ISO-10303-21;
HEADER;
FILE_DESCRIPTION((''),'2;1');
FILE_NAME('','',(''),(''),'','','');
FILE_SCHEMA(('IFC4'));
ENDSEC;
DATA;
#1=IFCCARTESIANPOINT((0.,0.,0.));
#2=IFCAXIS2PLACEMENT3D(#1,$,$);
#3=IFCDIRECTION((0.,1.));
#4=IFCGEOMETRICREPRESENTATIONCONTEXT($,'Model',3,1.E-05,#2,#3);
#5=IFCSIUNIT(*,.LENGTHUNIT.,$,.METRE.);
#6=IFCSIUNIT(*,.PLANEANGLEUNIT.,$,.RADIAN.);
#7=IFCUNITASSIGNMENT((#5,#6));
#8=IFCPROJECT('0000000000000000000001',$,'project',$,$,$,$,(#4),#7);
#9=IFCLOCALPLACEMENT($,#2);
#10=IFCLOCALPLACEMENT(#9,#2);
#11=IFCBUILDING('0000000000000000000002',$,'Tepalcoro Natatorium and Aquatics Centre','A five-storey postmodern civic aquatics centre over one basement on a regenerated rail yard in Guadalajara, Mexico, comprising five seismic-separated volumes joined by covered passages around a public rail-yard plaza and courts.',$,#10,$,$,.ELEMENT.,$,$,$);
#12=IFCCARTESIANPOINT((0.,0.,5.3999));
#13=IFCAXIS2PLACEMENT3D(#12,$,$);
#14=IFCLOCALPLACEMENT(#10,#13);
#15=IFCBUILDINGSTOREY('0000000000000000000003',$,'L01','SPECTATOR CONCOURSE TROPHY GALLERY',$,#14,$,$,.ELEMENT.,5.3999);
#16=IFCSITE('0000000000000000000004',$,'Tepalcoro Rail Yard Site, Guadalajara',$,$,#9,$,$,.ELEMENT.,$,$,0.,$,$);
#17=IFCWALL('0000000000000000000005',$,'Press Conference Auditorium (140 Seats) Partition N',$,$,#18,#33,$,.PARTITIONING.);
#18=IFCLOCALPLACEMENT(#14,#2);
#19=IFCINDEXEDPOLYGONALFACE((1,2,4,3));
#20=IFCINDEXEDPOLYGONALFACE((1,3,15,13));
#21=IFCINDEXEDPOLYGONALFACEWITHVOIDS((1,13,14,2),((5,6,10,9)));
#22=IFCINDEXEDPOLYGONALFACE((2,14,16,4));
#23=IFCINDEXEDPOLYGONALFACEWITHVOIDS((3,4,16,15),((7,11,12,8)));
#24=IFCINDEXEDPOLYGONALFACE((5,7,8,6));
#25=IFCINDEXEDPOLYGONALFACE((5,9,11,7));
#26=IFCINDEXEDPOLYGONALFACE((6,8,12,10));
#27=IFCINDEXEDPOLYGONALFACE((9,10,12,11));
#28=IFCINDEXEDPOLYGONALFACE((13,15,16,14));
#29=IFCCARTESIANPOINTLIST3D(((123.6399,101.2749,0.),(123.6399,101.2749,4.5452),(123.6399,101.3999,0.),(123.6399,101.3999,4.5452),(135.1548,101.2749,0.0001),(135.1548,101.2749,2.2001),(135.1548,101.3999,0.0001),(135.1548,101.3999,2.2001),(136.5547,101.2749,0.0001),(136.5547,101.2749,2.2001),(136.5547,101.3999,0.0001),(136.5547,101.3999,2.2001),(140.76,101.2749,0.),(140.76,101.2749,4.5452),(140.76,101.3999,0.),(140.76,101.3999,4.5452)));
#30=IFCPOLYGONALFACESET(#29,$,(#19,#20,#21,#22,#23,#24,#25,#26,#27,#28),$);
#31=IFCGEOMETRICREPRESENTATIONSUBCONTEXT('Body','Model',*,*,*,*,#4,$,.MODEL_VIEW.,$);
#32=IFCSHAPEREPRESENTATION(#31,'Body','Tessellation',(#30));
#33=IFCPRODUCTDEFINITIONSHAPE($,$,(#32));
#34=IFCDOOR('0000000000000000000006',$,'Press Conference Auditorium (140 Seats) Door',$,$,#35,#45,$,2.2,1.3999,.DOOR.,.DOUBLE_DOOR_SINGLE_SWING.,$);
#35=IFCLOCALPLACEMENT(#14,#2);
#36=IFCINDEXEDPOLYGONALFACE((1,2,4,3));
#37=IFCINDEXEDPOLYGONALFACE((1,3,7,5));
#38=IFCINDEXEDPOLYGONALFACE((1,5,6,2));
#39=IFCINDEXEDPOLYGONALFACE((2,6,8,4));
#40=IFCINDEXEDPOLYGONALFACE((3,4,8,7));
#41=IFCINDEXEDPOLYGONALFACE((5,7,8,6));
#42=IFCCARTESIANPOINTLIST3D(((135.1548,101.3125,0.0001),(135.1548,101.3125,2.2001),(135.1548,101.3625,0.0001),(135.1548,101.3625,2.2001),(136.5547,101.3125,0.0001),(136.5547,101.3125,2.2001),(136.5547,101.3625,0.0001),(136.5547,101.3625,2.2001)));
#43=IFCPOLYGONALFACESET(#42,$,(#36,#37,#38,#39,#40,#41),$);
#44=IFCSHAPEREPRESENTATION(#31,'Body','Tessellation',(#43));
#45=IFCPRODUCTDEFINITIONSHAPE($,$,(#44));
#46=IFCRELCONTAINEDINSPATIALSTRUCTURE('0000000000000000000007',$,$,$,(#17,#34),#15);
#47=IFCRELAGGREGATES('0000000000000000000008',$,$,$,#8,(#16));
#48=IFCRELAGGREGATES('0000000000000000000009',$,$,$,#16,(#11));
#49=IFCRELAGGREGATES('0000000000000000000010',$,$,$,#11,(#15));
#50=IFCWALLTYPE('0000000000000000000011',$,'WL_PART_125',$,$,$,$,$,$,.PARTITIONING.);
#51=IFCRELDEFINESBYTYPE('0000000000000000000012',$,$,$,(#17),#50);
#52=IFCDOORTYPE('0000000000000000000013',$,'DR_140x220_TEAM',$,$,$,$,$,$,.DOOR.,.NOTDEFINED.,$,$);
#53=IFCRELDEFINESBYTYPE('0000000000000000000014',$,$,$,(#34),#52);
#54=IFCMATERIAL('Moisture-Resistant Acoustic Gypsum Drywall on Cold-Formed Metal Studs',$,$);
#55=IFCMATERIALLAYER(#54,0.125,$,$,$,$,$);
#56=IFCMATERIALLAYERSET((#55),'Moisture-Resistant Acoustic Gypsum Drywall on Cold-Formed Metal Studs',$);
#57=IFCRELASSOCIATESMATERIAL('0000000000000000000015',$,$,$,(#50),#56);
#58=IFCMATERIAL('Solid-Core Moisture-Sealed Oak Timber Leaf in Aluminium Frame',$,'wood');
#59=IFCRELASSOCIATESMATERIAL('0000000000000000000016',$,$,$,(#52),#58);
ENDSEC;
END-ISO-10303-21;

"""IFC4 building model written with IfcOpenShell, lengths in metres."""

from ifc_helpers import new_model, si_unit, direction, frame, frame_2d, origin, place, context, subcontext, project, spatial, rectangle, extrude, material, layer, layer_set, type_object, element, fill, save


model = new_model("IFC4")

# Units and contexts
model_context = context("Model", 3, precision=1e-05, world=origin(), true_north=direction((0.0, 1.0)))
body_context = subcontext(model_context, "Body", "Model", "MODEL_VIEW")
ifc_project = project(units=[si_unit("LENGTHUNIT", "METRE"), si_unit("PLANEANGLEUNIT", "RADIAN")], contexts=[model_context])

# Site, building, storey
site_placement = place(None, origin())
site = spatial("IfcSite", under=ifc_project, at=site_placement, Name="Tepalcoro Rail Yard Site, Guadalajara", CompositionType="ELEMENT", RefElevation=0.0)
building_placement = place(site_placement, origin())
building = spatial("IfcBuilding", under=site, at=building_placement, Name="Tepalcoro Natatorium and Aquatics Centre", Description="A five-storey postmodern civic aquatics centre over one basement on a regenerated rail yard in Guadalajara, Mexico, comprising five seismic-separated volumes joined by covered passages around a public rail-yard plaza and courts.", CompositionType="ELEMENT")
storey_placement = place(building_placement, frame((0.0, 0.0, 5.3999)))
storey = spatial("IfcBuildingStorey", under=building, at=storey_placement, Name="L01", Description="SPECTATOR CONCOURSE TROPHY GALLERY", CompositionType="ELEMENT", Elevation=5.3999)

# Wall, opening, door
ifc_material_1 = material(Name="Moisture-Resistant Acoustic Gypsum Drywall on Cold-Formed Metal Studs")
ifc_layer = layer(ifc_material_1, 0.125)
ifc_layer_set = layer_set([ifc_layer], Name="Moisture-Resistant Acoustic Gypsum Drywall on Cold-Formed Metal Studs")
wall_type = type_object("IfcWallType", Name="WL_PART_125", PredefinedType="PARTITIONING", material=ifc_layer_set)
wall_placement = place(storey_placement, frame((123.6399, 101.3374, 0.0), z_axis=(0.0, 0.0, 1.0), x_axis=(1.0, 0.0, 0.0)))
wall = element("IfcWall", 1, at=wall_placement, inside=storey, type_object=wall_type, Name="Press Conference Auditorium (140 Seats) Partition N", PredefinedType="PARTITIONING", context=body_context, shape_type="SweptSolid", body=[
    extrude(rectangle(XDim=17.1201, YDim=0.125, at=frame_2d((8.5601, 0.0))), origin(), (0.0, 0.0, 1.0), 4.5452),
])
opening_placement = place(wall_placement, frame((11.5149, 0.0, 0.0)))
opening = element("IfcOpeningElement", 2, at=opening_placement, cuts=wall, PredefinedType="OPENING", context=body_context, shape_type="SweptSolid", body=[
    extrude(rectangle(XDim=1.3999, YDim=2.2, at=frame_2d((0.7, 1.1001))), frame((0.0, 0.0745, 0.0), z_axis=(0.0, -1.0, 0.0), x_axis=(1.0, 0.0, 0.0)), (0.0, 0.0, 1.0), 0.1489),
])
ifc_material_2 = material(Name="Solid-Core Moisture-Sealed Oak Timber Leaf in Aluminium Frame", Category="wood")
door_type = type_object("IfcDoorType", Name="DR_140x220_TEAM", OperationType="NOTDEFINED", PredefinedType="DOOR", material=ifc_material_2)
door_placement = place(opening_placement, frame((1.3999, 0.0, 0.0), z_axis=(0.0, 0.0, 1.0), x_axis=(-1.0, 0.0, 0.0)))
door = element("IfcDoor", 3, at=door_placement, inside=storey, type_object=door_type, Name="Press Conference Auditorium (140 Seats) Door", OperationType="DOUBLE_DOOR_SINGLE_SWING", OverallHeight=2.2, OverallWidth=1.3999, PredefinedType="DOOR", context=body_context, shape_type="SweptSolid", body=[
    extrude(rectangle(XDim=1.3999, YDim=2.2, at=frame_2d((0.7, 1.1001))), frame((0.0, 0.0249, 0.0), z_axis=(0.0, -1.0, 0.0), x_axis=(1.0, 0.0, 0.0)), (0.0, 0.0, 1.0), 0.05),
])
fill(opening, door)

save(model, "model.ifc")
